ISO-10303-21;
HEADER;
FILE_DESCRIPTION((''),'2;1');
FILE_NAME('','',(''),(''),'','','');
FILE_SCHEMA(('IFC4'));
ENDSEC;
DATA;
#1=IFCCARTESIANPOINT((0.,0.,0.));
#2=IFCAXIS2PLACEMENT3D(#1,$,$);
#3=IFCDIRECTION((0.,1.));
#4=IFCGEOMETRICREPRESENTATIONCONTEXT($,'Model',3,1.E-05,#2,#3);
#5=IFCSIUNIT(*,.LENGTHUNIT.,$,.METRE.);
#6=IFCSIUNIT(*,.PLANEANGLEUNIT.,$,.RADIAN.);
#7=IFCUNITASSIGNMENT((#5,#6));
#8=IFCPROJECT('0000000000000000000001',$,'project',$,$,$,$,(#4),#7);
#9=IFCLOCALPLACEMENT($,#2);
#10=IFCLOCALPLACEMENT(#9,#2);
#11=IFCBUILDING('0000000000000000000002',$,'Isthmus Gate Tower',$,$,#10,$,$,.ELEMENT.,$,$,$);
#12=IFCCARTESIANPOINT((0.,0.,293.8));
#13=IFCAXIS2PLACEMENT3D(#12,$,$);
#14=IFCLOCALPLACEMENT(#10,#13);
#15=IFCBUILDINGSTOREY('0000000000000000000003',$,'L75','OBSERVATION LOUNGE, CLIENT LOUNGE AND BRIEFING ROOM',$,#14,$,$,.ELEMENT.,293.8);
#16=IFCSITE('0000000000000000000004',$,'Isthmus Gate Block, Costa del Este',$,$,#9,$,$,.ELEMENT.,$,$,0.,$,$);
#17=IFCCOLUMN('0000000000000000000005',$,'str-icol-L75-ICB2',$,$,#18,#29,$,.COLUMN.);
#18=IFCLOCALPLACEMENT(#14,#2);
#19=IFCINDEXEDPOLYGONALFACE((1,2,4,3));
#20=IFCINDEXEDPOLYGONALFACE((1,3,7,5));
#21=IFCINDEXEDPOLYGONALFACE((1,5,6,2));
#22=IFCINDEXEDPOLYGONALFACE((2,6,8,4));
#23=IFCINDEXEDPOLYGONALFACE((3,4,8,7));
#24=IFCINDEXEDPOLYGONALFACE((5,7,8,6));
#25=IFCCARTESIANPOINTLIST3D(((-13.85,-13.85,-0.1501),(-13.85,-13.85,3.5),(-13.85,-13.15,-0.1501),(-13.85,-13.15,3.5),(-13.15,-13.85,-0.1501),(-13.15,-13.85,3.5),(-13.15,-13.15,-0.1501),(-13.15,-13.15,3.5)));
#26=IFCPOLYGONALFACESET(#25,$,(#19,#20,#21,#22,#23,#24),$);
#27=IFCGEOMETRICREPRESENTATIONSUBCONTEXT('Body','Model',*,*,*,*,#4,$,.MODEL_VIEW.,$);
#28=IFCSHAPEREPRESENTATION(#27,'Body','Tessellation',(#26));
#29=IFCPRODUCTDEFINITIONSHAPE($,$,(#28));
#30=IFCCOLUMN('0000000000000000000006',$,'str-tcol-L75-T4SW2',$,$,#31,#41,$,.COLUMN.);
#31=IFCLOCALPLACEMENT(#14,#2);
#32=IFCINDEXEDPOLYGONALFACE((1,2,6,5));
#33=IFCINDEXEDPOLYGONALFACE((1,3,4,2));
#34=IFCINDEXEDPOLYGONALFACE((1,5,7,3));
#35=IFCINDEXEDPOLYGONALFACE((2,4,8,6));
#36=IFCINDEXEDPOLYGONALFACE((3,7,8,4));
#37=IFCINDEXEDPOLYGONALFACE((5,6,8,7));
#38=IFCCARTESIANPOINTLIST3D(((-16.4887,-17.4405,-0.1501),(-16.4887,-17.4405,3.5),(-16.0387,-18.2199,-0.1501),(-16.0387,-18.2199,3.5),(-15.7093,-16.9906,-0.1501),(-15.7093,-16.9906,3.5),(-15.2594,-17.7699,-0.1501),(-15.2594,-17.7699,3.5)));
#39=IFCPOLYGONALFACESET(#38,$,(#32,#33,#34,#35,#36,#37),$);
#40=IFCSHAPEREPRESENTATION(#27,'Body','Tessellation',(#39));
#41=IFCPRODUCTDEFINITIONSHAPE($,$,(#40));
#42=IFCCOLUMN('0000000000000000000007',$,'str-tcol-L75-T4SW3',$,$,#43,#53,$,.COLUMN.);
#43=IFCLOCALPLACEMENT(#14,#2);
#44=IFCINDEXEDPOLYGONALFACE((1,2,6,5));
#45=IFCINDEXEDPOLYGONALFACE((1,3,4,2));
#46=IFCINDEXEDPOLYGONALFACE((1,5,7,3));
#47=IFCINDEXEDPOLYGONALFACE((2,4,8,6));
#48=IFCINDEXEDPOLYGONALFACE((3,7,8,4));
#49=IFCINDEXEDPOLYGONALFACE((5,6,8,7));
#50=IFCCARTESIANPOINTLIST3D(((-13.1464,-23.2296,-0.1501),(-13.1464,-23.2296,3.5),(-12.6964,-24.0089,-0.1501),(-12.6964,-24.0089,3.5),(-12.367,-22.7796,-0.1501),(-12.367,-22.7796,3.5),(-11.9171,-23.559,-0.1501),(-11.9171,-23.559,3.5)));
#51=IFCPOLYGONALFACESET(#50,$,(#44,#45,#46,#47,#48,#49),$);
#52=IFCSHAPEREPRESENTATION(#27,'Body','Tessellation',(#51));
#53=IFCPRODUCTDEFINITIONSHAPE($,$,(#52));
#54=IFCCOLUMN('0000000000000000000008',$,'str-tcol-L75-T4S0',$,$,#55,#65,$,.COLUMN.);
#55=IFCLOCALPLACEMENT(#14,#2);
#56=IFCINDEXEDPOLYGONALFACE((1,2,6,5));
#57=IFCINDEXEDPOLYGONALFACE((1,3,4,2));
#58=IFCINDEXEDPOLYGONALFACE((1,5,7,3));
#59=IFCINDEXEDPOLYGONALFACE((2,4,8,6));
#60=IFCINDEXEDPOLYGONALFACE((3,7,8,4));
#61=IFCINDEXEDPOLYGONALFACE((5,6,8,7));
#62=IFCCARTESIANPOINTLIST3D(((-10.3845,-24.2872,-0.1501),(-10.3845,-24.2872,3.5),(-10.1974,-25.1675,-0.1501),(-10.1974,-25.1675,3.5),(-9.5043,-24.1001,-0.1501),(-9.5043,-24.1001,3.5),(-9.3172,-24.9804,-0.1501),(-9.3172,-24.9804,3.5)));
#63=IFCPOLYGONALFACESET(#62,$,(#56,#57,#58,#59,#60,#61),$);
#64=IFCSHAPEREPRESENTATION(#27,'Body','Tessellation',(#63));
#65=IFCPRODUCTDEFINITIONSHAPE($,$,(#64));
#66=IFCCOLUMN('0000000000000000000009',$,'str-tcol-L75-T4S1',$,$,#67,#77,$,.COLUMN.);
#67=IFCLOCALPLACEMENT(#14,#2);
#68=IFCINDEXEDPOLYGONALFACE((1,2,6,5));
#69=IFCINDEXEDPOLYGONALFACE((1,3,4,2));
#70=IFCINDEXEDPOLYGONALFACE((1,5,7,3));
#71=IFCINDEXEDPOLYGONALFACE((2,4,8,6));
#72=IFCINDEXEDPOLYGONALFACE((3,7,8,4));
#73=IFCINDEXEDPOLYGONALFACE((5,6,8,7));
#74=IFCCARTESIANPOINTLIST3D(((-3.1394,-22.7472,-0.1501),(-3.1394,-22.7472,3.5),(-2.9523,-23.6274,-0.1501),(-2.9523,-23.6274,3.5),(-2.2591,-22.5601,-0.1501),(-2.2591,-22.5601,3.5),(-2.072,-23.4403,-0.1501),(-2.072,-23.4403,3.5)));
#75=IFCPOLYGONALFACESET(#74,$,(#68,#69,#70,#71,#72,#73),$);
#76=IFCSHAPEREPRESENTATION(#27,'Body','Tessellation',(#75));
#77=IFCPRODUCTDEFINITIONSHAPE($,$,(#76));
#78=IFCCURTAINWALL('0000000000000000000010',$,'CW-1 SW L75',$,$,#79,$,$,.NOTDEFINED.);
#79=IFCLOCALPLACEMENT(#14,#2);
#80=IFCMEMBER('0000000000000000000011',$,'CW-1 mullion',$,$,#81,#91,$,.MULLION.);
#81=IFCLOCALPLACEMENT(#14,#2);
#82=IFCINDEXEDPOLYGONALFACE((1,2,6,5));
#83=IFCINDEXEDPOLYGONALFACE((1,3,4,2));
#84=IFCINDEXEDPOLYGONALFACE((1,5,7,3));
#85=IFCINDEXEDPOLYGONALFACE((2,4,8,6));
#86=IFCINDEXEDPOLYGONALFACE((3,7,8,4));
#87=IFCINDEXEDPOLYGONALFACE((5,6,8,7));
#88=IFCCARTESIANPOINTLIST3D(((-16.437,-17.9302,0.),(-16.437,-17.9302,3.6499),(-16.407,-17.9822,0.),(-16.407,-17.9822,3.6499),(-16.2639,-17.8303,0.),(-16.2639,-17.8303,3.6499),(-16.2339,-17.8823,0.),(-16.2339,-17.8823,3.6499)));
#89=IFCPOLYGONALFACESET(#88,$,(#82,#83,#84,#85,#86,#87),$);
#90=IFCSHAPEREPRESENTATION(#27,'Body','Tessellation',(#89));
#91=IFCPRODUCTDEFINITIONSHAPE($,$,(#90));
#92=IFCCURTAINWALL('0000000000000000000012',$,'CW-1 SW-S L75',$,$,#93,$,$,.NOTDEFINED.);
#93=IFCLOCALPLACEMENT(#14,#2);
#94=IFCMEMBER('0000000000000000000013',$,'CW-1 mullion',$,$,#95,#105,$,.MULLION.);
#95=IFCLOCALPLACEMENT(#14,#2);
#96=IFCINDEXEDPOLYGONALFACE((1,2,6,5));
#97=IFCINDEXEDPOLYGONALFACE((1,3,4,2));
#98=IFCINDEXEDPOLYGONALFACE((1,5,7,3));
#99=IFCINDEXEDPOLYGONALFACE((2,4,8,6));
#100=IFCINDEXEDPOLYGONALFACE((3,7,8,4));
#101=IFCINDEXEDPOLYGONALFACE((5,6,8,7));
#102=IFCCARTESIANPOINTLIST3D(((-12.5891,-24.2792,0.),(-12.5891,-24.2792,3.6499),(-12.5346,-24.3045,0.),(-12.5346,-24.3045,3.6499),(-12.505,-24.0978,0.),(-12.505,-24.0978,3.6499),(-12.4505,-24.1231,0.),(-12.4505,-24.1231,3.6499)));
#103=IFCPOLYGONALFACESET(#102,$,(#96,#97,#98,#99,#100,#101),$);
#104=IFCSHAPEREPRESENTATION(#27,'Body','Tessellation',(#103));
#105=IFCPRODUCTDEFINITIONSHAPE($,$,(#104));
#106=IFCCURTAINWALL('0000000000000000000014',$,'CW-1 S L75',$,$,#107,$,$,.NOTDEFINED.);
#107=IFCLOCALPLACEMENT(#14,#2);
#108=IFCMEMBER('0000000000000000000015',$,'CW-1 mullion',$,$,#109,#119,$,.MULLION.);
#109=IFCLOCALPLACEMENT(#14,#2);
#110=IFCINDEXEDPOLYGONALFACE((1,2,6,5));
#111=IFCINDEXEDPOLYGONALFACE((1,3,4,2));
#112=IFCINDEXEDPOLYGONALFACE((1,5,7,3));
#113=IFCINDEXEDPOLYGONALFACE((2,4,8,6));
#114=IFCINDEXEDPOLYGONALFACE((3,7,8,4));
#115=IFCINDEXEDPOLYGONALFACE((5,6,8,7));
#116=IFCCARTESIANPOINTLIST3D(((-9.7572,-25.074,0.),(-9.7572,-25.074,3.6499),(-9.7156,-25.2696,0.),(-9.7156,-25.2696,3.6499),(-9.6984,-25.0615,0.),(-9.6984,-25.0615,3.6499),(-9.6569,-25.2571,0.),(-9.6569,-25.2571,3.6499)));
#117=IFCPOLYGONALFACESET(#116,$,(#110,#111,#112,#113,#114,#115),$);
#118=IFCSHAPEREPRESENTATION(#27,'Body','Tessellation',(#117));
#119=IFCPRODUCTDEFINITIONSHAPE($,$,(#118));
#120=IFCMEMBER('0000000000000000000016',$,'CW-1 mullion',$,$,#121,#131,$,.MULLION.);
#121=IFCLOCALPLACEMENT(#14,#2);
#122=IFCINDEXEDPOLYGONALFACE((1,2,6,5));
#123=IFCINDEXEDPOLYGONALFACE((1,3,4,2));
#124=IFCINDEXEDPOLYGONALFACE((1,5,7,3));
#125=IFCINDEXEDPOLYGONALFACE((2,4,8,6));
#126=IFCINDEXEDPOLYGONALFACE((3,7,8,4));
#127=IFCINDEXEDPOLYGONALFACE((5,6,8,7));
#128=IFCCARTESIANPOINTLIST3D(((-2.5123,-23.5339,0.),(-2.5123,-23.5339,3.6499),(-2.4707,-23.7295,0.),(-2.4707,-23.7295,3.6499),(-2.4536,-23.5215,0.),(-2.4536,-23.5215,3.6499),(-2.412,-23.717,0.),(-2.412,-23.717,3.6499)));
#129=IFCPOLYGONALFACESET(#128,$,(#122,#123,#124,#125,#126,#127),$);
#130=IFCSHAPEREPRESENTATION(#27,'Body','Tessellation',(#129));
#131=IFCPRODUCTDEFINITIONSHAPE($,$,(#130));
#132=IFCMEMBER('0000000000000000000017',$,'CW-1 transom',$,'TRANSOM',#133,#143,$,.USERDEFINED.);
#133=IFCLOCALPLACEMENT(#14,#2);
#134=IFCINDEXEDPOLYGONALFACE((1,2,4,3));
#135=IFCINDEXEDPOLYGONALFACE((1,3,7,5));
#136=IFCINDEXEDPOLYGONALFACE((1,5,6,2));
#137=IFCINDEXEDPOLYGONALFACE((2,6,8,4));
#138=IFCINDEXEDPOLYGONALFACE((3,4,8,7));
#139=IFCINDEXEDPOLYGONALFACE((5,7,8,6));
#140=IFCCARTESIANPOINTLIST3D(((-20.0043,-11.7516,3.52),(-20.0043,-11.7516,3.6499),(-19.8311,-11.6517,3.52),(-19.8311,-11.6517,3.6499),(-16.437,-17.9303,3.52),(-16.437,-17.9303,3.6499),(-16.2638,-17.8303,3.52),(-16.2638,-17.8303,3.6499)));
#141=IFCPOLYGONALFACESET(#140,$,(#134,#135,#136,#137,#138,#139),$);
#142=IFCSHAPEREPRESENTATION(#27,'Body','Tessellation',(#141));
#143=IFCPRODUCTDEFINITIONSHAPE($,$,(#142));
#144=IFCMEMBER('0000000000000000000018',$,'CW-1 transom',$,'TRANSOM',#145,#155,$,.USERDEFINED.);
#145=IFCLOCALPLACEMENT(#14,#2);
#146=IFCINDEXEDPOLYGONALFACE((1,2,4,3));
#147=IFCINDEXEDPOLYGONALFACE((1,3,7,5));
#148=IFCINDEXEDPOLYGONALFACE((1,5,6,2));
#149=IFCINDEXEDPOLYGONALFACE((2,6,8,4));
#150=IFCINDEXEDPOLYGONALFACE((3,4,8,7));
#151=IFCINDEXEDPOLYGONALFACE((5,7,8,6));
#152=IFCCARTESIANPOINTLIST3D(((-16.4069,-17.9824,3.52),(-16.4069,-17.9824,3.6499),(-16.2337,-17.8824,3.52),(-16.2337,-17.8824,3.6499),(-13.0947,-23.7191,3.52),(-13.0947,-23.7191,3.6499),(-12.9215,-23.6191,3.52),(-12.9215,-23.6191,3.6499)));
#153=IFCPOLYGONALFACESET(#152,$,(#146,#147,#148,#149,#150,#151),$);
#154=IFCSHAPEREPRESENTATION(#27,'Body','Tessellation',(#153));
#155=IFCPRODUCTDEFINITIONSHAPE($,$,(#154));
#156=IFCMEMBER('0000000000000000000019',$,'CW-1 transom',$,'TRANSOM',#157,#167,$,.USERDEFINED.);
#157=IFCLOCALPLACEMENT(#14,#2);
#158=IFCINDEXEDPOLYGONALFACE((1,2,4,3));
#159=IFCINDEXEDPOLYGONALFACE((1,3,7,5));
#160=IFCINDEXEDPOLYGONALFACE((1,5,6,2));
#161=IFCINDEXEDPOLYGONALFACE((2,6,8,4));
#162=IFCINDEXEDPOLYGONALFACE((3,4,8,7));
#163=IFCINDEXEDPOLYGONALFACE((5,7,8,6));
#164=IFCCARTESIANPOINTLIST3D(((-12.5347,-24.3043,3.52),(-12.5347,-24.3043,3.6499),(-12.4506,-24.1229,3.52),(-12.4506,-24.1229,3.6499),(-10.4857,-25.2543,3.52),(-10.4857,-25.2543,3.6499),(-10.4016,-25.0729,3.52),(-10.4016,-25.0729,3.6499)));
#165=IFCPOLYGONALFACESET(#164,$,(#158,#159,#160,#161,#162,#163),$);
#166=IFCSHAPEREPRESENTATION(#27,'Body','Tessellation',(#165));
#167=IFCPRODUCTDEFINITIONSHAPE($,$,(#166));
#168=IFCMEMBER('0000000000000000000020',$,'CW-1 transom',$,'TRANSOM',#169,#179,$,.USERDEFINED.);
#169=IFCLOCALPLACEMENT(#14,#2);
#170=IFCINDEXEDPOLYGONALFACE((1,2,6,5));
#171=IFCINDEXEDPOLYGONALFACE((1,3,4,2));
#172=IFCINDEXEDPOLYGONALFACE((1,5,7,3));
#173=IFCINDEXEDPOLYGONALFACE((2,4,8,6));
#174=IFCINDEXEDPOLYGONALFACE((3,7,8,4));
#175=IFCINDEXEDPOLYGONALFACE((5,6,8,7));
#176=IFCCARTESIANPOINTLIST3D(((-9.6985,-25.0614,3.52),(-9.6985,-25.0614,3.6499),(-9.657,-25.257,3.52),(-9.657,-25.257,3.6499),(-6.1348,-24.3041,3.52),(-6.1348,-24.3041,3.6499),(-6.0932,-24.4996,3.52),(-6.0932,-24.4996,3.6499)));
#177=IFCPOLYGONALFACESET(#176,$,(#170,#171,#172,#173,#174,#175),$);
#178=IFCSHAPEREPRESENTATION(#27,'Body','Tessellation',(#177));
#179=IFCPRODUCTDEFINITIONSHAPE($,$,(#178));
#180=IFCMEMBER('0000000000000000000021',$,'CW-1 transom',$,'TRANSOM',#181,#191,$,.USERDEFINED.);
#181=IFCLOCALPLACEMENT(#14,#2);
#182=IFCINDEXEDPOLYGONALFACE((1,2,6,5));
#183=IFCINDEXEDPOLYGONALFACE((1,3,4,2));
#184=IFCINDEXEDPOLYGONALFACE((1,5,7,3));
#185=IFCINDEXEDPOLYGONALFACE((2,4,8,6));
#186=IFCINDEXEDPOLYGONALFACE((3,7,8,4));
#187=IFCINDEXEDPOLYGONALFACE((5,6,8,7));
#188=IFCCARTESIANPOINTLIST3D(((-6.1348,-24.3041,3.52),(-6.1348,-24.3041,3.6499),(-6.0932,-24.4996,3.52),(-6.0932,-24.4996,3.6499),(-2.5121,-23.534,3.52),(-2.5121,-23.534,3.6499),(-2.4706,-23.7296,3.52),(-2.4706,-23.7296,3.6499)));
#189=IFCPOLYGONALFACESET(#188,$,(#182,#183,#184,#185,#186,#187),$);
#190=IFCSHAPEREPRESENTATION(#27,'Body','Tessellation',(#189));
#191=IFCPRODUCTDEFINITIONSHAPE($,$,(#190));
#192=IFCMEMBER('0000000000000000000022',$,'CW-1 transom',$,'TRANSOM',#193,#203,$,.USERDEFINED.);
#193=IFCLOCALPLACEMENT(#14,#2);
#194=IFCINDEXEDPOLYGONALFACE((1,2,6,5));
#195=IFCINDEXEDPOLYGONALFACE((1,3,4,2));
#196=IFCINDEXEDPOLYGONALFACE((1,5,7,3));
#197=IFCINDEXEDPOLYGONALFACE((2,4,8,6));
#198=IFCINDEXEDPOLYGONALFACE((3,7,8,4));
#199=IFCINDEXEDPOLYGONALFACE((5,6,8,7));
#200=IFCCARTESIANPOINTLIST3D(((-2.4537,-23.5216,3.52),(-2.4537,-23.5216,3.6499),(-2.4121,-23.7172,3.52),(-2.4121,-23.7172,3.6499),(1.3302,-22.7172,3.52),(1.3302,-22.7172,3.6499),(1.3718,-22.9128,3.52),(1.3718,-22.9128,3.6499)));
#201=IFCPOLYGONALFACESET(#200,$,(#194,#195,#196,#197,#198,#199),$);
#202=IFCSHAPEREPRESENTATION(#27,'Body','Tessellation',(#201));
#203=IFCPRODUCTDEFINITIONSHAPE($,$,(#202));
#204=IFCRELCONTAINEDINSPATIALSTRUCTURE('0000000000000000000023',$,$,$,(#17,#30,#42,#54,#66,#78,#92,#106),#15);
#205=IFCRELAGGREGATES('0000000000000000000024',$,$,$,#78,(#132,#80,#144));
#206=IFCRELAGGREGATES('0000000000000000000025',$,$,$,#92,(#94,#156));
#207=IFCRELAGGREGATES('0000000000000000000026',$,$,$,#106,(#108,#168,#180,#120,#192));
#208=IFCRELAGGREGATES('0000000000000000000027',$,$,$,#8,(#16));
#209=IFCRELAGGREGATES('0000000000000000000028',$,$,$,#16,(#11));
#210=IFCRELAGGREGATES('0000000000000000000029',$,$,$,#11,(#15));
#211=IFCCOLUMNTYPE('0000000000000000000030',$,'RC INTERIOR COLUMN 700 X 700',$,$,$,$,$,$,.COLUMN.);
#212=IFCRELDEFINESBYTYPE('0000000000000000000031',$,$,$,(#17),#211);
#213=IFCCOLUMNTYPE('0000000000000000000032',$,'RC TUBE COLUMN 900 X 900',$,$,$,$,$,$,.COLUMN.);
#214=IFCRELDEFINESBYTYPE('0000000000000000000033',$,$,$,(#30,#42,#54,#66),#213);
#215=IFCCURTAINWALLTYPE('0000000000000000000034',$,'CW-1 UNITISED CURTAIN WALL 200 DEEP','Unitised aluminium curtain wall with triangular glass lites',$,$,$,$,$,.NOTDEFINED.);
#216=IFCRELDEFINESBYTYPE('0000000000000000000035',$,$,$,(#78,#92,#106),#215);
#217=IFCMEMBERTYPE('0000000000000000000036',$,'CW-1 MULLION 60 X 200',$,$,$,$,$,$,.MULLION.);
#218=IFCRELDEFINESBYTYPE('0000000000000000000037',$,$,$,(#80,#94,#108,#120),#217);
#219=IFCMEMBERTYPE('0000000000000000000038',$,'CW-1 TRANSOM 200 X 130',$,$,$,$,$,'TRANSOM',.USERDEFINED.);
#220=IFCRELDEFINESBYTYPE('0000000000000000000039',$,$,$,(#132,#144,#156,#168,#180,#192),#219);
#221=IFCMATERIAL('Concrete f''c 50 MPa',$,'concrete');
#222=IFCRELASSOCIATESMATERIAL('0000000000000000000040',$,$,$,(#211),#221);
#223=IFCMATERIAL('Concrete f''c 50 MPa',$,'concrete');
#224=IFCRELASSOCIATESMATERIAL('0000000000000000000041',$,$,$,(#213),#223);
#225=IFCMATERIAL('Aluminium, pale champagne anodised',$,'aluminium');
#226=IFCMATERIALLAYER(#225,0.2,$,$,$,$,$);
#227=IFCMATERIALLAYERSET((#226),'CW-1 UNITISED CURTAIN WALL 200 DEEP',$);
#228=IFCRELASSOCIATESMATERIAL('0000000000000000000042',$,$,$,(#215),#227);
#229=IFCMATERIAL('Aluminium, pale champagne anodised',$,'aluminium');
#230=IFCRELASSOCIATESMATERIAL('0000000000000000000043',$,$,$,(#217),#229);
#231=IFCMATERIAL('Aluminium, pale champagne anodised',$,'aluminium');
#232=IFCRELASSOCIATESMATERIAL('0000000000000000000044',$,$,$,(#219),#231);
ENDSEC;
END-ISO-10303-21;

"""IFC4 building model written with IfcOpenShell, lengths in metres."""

from ifc_helpers import new_model, si_unit, direction, frame, origin, origin_2d, place, context, subcontext, project, spatial, rectangle, extrude, material, layer, layer_set, material_profile, profile_set, type_object, element, aggregate, save


model = new_model("IFC4")

# Units and contexts
model_context = context("Model", 3, precision=1e-05, world=origin(), true_north=direction((0.0, 1.0)))
body_context = subcontext(model_context, "Body", "Model", "MODEL_VIEW")
ifc_project = project(units=[si_unit("LENGTHUNIT", "METRE"), si_unit("PLANEANGLEUNIT", "RADIAN")], contexts=[model_context])

# Site, building, storey
site_placement = place(None, origin())
site = spatial("IfcSite", under=ifc_project, at=site_placement, Name="Isthmus Gate Block, Costa del Este", CompositionType="ELEMENT", RefElevation=0.0)
building_placement = place(site_placement, origin())
building = spatial("IfcBuilding", under=site, at=building_placement, Name="Isthmus Gate Tower", CompositionType="ELEMENT")
storey_placement = place(building_placement, frame((0.0, 0.0, 293.8)))
storey = spatial("IfcBuildingStorey", under=building, at=storey_placement, Name="L75", Description="OBSERVATION LOUNGE, CLIENT LOUNGE AND BRIEFING ROOM", CompositionType="ELEMENT", Elevation=293.8)

# Columns
ifc_material_1 = material(Name="Concrete f'c 50 MPa", Category="concrete")
ifc_material_profile_1 = material_profile(ifc_material_1, rectangle(XDim=0.7, YDim=0.7, at=origin_2d()), Name="RC 700X700")
ifc_profile_set_1 = profile_set([ifc_material_profile_1], Name="Concrete f'c 50 MPa")
column_type_1 = type_object("IfcColumnType", Name="RC INTERIOR COLUMN 700 X 700", PredefinedType="COLUMN", material=ifc_profile_set_1)
column_placement = place(storey_placement, frame((-13.5, -13.5, -0.1501), z_axis=(0.0, 0.0, 1.0), x_axis=(1.0, 0.0, 0.0)))
element("IfcColumn", 1, at=column_placement, inside=storey, type_object=column_type_1, Name="str-icol-L75-ICB2", PredefinedType="COLUMN", context=body_context, shape_type="SweptSolid", body=[
    extrude(rectangle(XDim=0.7, YDim=0.7, at=origin_2d()), origin(), (0.0, 0.0, 1.0), 3.6501),
])
ifc_material_2 = material(Name="Concrete f'c 50 MPa", Category="concrete")
ifc_material_profile_2 = material_profile(ifc_material_2, rectangle(XDim=0.8999, YDim=0.8999, at=origin_2d()), Name="RC 900X900")
ifc_profile_set_2 = profile_set([ifc_material_profile_2], Name="Concrete f'c 50 MPa")
column_type_2 = type_object("IfcColumnType", Name="RC TUBE COLUMN 900 X 900", PredefinedType="COLUMN", material=ifc_profile_set_2)
for number, where, z_axis, x_axis, name in (
    (2, (-15.874, -17.6052, -0.1501), (0.0, 0.0, 1.0), (0.5, -0.866025, 0.0), "str-tcol-L75-T4SW2"),
    (3, (-12.5317, -23.3943, -0.1501), (0.0, 0.0, 1.0), (0.5, -0.866025, 0.0), "str-tcol-L75-T4SW3"),
    (4, (-9.8508, -24.6338, -0.1501), (0.0, 0.0, 1.0), (0.978148, 0.207912, 0.0), "str-tcol-L75-T4S0"),
    (5, (-2.6057, -23.0938, -0.1501), (0.0, 0.0, 1.0), (0.978148, 0.207912, 0.0), "str-tcol-L75-T4S1"),
):
    element("IfcColumn", number, at=place(storey_placement, frame(where, z_axis=z_axis, x_axis=x_axis)), inside=storey, type_object=column_type_2, Name=name, PredefinedType="COLUMN", context=body_context, shape_type="SweptSolid", body=[
        extrude(rectangle(XDim=0.8999, YDim=0.8999, at=origin_2d()), origin(), (0.0, 0.0, 1.0), 3.6501),
    ])

# Curtain walls, members
ifc_material_3 = material(Name="Aluminium, pale champagne anodised", Category="aluminium")
ifc_layer_1 = layer(ifc_material_3, 0.2)
ifc_layer_set_1 = layer_set([ifc_layer_1], Name="CW-1 UNITISED CURTAIN WALL 200 DEEP")
curtain_wall_type = type_object("IfcCurtainWallType", Name="CW-1 UNITISED CURTAIN WALL 200 DEEP", Description="Unitised aluminium curtain wall with triangular glass lites", PredefinedType="NOTDEFINED", material=ifc_layer_set_1)
curtain_wall_1_placement = place(storey_placement, origin())
curtain_wall_1 = element("IfcCurtainWall", 6, at=curtain_wall_1_placement, inside=storey, type_object=curtain_wall_type, Name="CW-1 SW L75", PredefinedType="NOTDEFINED")
ifc_material_4 = material(Name="Aluminium, pale champagne anodised", Category="aluminium")
ifc_material_profile_3 = material_profile(ifc_material_4, rectangle(XDim=0.0601, YDim=0.2, at=origin_2d()), Name="60x200")
ifc_profile_set_3 = profile_set([ifc_material_profile_3], Name="Aluminium, pale champagne anodised")
member_type_1 = type_object("IfcMemberType", Name="CW-1 MULLION 60 X 200", PredefinedType="MULLION", material=ifc_profile_set_3)
member_1_placement = place(storey_placement, frame((-16.3354, -17.9062, 0.0), z_axis=(0.0, 0.0, 1.0), x_axis=(0.5, -0.866025, 0.0)))
member_1 = element("IfcMember", 7, at=member_1_placement, type_object=member_type_1, Name="CW-1 mullion", PredefinedType="MULLION", context=body_context, shape_type="SweptSolid", body=[
    extrude(rectangle(XDim=0.0601, YDim=0.2, at=origin_2d()), origin(), (0.0, 0.0, 1.0), 3.6499),
])
curtain_wall_2_placement = place(storey_placement, origin())
curtain_wall_2 = element("IfcCurtainWall", 8, at=curtain_wall_2_placement, inside=storey, type_object=curtain_wall_type, Name="CW-1 SW-S L75", PredefinedType="NOTDEFINED")
member_2_placement = place(storey_placement, frame((-12.5198, -24.2012, 0.0), z_axis=(0.0, 0.0, 1.0), x_axis=(0.907256, -0.420578, 0.0)))
member_2 = element("IfcMember", 9, at=member_2_placement, type_object=member_type_1, Name="CW-1 mullion", PredefinedType="MULLION", context=body_context, shape_type="SweptSolid", body=[
    extrude(rectangle(XDim=0.0601, YDim=0.2, at=origin_2d()), origin(), (0.0, 0.0, 1.0), 3.6499),
])

# Curtain wall, members
curtain_wall_3_placement = place(storey_placement, origin())
curtain_wall_3 = element("IfcCurtainWall", 10, at=curtain_wall_3_placement, inside=storey, type_object=curtain_wall_type, Name="CW-1 S L75", PredefinedType="NOTDEFINED")
member_3_placement = place(storey_placement, frame((-9.707, -25.1655, 0.0), z_axis=(0.0, 0.0, 1.0), x_axis=(0.978148, 0.207912, 0.0)))
member_3 = element("IfcMember", 11, at=member_3_placement, type_object=member_type_1, Name="CW-1 mullion", PredefinedType="MULLION", context=body_context, shape_type="SweptSolid", body=[
    extrude(rectangle(XDim=0.0601, YDim=0.2, at=origin_2d()), origin(), (0.0, 0.0, 1.0), 3.6499),
])
member_4_placement = place(storey_placement, frame((-2.4622, -23.6255, 0.0), z_axis=(0.0, 0.0, 1.0), x_axis=(0.978148, 0.207912, 0.0)))
member_4 = element("IfcMember", 12, at=member_4_placement, type_object=member_type_1, Name="CW-1 mullion", PredefinedType="MULLION", context=body_context, shape_type="SweptSolid", body=[
    extrude(rectangle(XDim=0.0601, YDim=0.2, at=origin_2d()), origin(), (0.0, 0.0, 1.0), 3.6499),
])

# Members
ifc_material_5 = material(Name="Aluminium, pale champagne anodised", Category="aluminium")
ifc_material_profile_4 = material_profile(ifc_material_5, rectangle(XDim=0.2, YDim=0.1299, at=origin_2d()), Name="200x130")
ifc_profile_set_4 = profile_set([ifc_material_profile_4], Name="Aluminium, pale champagne anodised")
member_type_2 = type_object("IfcMemberType", Name="CW-1 TRANSOM 200 X 130", ElementType="TRANSOM", PredefinedType="USERDEFINED", material=ifc_profile_set_4)
member_5_placement = place(storey_placement, frame((-19.9177, -11.7017, 3.585), z_axis=(0.500011, -0.866019, 0.0), x_axis=(0.866019, 0.500011, 0.0)))
member_5 = element("IfcMember", 13, at=member_5_placement, type_object=member_type_2, Name="CW-1 transom", ObjectType="TRANSOM", PredefinedType="USERDEFINED", context=body_context, shape_type="SweptSolid", body=[
    extrude(rectangle(XDim=0.2, YDim=0.1299, at=origin_2d()), origin(), (0.0, 0.0, 1.0), 7.1345),
])
member_6_placement = place(storey_placement, frame((-16.3203, -17.9324, 3.585), z_axis=(0.500012, -0.866019, 0.0), x_axis=(0.866019, 0.500012, 0.0)))
member_6 = element("IfcMember", 14, at=member_6_placement, type_object=member_type_2, Name="CW-1 transom", ObjectType="TRANSOM", PredefinedType="USERDEFINED", context=body_context, shape_type="SweptSolid", body=[
    extrude(rectangle(XDim=0.2, YDim=0.1299, at=origin_2d()), origin(), (0.0, 0.0, 1.0), 6.6243),
])
member_7_placement = place(storey_placement, frame((-12.4927, -24.2136, 3.585), z_axis=(0.907246, -0.4206, 0.0), x_axis=(0.4206, 0.907246, 0.0)))
member_7 = element("IfcMember", 15, at=member_7_placement, type_object=member_type_2, Name="CW-1 transom", ObjectType="TRANSOM", PredefinedType="USERDEFINED", context=body_context, shape_type="SweptSolid", body=[
    extrude(rectangle(XDim=0.2, YDim=0.1299, at=origin_2d()), origin(), (0.0, 0.0, 1.0), 2.2585),
])
member_8_placement = place(storey_placement, frame((-9.6777, -25.1592, 3.585), z_axis=(0.978157, 0.207868, 0.0), x_axis=(-0.207868, 0.978157, 0.0)))
member_8 = element("IfcMember", 16, at=member_8_placement, type_object=member_type_2, Name="CW-1 transom", ObjectType="TRANSOM", PredefinedType="USERDEFINED", context=body_context, shape_type="SweptSolid", body=[
    extrude(rectangle(XDim=0.2, YDim=0.1299, at=origin_2d()), origin(), (0.0, 0.0, 1.0), 3.6433),
])
member_9_placement = place(storey_placement, frame((-6.114, -24.4019, 3.585), z_axis=(0.978146, 0.207917, 0.0), x_axis=(-0.207917, 0.978146, 0.0)))
member_9 = element("IfcMember", 17, at=member_9_placement, type_object=member_type_2, Name="CW-1 transom", ObjectType="TRANSOM", PredefinedType="USERDEFINED", context=body_context, shape_type="SweptSolid", body=[
    extrude(rectangle(XDim=0.2, YDim=0.1299, at=origin_2d()), origin(), (0.0, 0.0, 1.0), 3.7036),
])
member_10_placement = place(storey_placement, frame((-2.4329, -23.6194, 3.585), z_axis=(0.97814, 0.207947, 0.0), x_axis=(-0.207947, 0.97814, 0.0)))
member_10 = element("IfcMember", 18, at=member_10_placement, type_object=member_type_2, Name="CW-1 transom", ObjectType="TRANSOM", PredefinedType="USERDEFINED", context=body_context, shape_type="SweptSolid", body=[
    extrude(rectangle(XDim=0.2, YDim=0.1299, at=origin_2d()), origin(), (0.0, 0.0, 1.0), 3.8684),
])

aggregate(curtain_wall_1, [member_5, member_1, member_6])
aggregate(curtain_wall_2, [member_2, member_7])

aggregate(curtain_wall_3, [member_3, member_8, member_9, member_4, member_10])

save(model, "model.ifc")
